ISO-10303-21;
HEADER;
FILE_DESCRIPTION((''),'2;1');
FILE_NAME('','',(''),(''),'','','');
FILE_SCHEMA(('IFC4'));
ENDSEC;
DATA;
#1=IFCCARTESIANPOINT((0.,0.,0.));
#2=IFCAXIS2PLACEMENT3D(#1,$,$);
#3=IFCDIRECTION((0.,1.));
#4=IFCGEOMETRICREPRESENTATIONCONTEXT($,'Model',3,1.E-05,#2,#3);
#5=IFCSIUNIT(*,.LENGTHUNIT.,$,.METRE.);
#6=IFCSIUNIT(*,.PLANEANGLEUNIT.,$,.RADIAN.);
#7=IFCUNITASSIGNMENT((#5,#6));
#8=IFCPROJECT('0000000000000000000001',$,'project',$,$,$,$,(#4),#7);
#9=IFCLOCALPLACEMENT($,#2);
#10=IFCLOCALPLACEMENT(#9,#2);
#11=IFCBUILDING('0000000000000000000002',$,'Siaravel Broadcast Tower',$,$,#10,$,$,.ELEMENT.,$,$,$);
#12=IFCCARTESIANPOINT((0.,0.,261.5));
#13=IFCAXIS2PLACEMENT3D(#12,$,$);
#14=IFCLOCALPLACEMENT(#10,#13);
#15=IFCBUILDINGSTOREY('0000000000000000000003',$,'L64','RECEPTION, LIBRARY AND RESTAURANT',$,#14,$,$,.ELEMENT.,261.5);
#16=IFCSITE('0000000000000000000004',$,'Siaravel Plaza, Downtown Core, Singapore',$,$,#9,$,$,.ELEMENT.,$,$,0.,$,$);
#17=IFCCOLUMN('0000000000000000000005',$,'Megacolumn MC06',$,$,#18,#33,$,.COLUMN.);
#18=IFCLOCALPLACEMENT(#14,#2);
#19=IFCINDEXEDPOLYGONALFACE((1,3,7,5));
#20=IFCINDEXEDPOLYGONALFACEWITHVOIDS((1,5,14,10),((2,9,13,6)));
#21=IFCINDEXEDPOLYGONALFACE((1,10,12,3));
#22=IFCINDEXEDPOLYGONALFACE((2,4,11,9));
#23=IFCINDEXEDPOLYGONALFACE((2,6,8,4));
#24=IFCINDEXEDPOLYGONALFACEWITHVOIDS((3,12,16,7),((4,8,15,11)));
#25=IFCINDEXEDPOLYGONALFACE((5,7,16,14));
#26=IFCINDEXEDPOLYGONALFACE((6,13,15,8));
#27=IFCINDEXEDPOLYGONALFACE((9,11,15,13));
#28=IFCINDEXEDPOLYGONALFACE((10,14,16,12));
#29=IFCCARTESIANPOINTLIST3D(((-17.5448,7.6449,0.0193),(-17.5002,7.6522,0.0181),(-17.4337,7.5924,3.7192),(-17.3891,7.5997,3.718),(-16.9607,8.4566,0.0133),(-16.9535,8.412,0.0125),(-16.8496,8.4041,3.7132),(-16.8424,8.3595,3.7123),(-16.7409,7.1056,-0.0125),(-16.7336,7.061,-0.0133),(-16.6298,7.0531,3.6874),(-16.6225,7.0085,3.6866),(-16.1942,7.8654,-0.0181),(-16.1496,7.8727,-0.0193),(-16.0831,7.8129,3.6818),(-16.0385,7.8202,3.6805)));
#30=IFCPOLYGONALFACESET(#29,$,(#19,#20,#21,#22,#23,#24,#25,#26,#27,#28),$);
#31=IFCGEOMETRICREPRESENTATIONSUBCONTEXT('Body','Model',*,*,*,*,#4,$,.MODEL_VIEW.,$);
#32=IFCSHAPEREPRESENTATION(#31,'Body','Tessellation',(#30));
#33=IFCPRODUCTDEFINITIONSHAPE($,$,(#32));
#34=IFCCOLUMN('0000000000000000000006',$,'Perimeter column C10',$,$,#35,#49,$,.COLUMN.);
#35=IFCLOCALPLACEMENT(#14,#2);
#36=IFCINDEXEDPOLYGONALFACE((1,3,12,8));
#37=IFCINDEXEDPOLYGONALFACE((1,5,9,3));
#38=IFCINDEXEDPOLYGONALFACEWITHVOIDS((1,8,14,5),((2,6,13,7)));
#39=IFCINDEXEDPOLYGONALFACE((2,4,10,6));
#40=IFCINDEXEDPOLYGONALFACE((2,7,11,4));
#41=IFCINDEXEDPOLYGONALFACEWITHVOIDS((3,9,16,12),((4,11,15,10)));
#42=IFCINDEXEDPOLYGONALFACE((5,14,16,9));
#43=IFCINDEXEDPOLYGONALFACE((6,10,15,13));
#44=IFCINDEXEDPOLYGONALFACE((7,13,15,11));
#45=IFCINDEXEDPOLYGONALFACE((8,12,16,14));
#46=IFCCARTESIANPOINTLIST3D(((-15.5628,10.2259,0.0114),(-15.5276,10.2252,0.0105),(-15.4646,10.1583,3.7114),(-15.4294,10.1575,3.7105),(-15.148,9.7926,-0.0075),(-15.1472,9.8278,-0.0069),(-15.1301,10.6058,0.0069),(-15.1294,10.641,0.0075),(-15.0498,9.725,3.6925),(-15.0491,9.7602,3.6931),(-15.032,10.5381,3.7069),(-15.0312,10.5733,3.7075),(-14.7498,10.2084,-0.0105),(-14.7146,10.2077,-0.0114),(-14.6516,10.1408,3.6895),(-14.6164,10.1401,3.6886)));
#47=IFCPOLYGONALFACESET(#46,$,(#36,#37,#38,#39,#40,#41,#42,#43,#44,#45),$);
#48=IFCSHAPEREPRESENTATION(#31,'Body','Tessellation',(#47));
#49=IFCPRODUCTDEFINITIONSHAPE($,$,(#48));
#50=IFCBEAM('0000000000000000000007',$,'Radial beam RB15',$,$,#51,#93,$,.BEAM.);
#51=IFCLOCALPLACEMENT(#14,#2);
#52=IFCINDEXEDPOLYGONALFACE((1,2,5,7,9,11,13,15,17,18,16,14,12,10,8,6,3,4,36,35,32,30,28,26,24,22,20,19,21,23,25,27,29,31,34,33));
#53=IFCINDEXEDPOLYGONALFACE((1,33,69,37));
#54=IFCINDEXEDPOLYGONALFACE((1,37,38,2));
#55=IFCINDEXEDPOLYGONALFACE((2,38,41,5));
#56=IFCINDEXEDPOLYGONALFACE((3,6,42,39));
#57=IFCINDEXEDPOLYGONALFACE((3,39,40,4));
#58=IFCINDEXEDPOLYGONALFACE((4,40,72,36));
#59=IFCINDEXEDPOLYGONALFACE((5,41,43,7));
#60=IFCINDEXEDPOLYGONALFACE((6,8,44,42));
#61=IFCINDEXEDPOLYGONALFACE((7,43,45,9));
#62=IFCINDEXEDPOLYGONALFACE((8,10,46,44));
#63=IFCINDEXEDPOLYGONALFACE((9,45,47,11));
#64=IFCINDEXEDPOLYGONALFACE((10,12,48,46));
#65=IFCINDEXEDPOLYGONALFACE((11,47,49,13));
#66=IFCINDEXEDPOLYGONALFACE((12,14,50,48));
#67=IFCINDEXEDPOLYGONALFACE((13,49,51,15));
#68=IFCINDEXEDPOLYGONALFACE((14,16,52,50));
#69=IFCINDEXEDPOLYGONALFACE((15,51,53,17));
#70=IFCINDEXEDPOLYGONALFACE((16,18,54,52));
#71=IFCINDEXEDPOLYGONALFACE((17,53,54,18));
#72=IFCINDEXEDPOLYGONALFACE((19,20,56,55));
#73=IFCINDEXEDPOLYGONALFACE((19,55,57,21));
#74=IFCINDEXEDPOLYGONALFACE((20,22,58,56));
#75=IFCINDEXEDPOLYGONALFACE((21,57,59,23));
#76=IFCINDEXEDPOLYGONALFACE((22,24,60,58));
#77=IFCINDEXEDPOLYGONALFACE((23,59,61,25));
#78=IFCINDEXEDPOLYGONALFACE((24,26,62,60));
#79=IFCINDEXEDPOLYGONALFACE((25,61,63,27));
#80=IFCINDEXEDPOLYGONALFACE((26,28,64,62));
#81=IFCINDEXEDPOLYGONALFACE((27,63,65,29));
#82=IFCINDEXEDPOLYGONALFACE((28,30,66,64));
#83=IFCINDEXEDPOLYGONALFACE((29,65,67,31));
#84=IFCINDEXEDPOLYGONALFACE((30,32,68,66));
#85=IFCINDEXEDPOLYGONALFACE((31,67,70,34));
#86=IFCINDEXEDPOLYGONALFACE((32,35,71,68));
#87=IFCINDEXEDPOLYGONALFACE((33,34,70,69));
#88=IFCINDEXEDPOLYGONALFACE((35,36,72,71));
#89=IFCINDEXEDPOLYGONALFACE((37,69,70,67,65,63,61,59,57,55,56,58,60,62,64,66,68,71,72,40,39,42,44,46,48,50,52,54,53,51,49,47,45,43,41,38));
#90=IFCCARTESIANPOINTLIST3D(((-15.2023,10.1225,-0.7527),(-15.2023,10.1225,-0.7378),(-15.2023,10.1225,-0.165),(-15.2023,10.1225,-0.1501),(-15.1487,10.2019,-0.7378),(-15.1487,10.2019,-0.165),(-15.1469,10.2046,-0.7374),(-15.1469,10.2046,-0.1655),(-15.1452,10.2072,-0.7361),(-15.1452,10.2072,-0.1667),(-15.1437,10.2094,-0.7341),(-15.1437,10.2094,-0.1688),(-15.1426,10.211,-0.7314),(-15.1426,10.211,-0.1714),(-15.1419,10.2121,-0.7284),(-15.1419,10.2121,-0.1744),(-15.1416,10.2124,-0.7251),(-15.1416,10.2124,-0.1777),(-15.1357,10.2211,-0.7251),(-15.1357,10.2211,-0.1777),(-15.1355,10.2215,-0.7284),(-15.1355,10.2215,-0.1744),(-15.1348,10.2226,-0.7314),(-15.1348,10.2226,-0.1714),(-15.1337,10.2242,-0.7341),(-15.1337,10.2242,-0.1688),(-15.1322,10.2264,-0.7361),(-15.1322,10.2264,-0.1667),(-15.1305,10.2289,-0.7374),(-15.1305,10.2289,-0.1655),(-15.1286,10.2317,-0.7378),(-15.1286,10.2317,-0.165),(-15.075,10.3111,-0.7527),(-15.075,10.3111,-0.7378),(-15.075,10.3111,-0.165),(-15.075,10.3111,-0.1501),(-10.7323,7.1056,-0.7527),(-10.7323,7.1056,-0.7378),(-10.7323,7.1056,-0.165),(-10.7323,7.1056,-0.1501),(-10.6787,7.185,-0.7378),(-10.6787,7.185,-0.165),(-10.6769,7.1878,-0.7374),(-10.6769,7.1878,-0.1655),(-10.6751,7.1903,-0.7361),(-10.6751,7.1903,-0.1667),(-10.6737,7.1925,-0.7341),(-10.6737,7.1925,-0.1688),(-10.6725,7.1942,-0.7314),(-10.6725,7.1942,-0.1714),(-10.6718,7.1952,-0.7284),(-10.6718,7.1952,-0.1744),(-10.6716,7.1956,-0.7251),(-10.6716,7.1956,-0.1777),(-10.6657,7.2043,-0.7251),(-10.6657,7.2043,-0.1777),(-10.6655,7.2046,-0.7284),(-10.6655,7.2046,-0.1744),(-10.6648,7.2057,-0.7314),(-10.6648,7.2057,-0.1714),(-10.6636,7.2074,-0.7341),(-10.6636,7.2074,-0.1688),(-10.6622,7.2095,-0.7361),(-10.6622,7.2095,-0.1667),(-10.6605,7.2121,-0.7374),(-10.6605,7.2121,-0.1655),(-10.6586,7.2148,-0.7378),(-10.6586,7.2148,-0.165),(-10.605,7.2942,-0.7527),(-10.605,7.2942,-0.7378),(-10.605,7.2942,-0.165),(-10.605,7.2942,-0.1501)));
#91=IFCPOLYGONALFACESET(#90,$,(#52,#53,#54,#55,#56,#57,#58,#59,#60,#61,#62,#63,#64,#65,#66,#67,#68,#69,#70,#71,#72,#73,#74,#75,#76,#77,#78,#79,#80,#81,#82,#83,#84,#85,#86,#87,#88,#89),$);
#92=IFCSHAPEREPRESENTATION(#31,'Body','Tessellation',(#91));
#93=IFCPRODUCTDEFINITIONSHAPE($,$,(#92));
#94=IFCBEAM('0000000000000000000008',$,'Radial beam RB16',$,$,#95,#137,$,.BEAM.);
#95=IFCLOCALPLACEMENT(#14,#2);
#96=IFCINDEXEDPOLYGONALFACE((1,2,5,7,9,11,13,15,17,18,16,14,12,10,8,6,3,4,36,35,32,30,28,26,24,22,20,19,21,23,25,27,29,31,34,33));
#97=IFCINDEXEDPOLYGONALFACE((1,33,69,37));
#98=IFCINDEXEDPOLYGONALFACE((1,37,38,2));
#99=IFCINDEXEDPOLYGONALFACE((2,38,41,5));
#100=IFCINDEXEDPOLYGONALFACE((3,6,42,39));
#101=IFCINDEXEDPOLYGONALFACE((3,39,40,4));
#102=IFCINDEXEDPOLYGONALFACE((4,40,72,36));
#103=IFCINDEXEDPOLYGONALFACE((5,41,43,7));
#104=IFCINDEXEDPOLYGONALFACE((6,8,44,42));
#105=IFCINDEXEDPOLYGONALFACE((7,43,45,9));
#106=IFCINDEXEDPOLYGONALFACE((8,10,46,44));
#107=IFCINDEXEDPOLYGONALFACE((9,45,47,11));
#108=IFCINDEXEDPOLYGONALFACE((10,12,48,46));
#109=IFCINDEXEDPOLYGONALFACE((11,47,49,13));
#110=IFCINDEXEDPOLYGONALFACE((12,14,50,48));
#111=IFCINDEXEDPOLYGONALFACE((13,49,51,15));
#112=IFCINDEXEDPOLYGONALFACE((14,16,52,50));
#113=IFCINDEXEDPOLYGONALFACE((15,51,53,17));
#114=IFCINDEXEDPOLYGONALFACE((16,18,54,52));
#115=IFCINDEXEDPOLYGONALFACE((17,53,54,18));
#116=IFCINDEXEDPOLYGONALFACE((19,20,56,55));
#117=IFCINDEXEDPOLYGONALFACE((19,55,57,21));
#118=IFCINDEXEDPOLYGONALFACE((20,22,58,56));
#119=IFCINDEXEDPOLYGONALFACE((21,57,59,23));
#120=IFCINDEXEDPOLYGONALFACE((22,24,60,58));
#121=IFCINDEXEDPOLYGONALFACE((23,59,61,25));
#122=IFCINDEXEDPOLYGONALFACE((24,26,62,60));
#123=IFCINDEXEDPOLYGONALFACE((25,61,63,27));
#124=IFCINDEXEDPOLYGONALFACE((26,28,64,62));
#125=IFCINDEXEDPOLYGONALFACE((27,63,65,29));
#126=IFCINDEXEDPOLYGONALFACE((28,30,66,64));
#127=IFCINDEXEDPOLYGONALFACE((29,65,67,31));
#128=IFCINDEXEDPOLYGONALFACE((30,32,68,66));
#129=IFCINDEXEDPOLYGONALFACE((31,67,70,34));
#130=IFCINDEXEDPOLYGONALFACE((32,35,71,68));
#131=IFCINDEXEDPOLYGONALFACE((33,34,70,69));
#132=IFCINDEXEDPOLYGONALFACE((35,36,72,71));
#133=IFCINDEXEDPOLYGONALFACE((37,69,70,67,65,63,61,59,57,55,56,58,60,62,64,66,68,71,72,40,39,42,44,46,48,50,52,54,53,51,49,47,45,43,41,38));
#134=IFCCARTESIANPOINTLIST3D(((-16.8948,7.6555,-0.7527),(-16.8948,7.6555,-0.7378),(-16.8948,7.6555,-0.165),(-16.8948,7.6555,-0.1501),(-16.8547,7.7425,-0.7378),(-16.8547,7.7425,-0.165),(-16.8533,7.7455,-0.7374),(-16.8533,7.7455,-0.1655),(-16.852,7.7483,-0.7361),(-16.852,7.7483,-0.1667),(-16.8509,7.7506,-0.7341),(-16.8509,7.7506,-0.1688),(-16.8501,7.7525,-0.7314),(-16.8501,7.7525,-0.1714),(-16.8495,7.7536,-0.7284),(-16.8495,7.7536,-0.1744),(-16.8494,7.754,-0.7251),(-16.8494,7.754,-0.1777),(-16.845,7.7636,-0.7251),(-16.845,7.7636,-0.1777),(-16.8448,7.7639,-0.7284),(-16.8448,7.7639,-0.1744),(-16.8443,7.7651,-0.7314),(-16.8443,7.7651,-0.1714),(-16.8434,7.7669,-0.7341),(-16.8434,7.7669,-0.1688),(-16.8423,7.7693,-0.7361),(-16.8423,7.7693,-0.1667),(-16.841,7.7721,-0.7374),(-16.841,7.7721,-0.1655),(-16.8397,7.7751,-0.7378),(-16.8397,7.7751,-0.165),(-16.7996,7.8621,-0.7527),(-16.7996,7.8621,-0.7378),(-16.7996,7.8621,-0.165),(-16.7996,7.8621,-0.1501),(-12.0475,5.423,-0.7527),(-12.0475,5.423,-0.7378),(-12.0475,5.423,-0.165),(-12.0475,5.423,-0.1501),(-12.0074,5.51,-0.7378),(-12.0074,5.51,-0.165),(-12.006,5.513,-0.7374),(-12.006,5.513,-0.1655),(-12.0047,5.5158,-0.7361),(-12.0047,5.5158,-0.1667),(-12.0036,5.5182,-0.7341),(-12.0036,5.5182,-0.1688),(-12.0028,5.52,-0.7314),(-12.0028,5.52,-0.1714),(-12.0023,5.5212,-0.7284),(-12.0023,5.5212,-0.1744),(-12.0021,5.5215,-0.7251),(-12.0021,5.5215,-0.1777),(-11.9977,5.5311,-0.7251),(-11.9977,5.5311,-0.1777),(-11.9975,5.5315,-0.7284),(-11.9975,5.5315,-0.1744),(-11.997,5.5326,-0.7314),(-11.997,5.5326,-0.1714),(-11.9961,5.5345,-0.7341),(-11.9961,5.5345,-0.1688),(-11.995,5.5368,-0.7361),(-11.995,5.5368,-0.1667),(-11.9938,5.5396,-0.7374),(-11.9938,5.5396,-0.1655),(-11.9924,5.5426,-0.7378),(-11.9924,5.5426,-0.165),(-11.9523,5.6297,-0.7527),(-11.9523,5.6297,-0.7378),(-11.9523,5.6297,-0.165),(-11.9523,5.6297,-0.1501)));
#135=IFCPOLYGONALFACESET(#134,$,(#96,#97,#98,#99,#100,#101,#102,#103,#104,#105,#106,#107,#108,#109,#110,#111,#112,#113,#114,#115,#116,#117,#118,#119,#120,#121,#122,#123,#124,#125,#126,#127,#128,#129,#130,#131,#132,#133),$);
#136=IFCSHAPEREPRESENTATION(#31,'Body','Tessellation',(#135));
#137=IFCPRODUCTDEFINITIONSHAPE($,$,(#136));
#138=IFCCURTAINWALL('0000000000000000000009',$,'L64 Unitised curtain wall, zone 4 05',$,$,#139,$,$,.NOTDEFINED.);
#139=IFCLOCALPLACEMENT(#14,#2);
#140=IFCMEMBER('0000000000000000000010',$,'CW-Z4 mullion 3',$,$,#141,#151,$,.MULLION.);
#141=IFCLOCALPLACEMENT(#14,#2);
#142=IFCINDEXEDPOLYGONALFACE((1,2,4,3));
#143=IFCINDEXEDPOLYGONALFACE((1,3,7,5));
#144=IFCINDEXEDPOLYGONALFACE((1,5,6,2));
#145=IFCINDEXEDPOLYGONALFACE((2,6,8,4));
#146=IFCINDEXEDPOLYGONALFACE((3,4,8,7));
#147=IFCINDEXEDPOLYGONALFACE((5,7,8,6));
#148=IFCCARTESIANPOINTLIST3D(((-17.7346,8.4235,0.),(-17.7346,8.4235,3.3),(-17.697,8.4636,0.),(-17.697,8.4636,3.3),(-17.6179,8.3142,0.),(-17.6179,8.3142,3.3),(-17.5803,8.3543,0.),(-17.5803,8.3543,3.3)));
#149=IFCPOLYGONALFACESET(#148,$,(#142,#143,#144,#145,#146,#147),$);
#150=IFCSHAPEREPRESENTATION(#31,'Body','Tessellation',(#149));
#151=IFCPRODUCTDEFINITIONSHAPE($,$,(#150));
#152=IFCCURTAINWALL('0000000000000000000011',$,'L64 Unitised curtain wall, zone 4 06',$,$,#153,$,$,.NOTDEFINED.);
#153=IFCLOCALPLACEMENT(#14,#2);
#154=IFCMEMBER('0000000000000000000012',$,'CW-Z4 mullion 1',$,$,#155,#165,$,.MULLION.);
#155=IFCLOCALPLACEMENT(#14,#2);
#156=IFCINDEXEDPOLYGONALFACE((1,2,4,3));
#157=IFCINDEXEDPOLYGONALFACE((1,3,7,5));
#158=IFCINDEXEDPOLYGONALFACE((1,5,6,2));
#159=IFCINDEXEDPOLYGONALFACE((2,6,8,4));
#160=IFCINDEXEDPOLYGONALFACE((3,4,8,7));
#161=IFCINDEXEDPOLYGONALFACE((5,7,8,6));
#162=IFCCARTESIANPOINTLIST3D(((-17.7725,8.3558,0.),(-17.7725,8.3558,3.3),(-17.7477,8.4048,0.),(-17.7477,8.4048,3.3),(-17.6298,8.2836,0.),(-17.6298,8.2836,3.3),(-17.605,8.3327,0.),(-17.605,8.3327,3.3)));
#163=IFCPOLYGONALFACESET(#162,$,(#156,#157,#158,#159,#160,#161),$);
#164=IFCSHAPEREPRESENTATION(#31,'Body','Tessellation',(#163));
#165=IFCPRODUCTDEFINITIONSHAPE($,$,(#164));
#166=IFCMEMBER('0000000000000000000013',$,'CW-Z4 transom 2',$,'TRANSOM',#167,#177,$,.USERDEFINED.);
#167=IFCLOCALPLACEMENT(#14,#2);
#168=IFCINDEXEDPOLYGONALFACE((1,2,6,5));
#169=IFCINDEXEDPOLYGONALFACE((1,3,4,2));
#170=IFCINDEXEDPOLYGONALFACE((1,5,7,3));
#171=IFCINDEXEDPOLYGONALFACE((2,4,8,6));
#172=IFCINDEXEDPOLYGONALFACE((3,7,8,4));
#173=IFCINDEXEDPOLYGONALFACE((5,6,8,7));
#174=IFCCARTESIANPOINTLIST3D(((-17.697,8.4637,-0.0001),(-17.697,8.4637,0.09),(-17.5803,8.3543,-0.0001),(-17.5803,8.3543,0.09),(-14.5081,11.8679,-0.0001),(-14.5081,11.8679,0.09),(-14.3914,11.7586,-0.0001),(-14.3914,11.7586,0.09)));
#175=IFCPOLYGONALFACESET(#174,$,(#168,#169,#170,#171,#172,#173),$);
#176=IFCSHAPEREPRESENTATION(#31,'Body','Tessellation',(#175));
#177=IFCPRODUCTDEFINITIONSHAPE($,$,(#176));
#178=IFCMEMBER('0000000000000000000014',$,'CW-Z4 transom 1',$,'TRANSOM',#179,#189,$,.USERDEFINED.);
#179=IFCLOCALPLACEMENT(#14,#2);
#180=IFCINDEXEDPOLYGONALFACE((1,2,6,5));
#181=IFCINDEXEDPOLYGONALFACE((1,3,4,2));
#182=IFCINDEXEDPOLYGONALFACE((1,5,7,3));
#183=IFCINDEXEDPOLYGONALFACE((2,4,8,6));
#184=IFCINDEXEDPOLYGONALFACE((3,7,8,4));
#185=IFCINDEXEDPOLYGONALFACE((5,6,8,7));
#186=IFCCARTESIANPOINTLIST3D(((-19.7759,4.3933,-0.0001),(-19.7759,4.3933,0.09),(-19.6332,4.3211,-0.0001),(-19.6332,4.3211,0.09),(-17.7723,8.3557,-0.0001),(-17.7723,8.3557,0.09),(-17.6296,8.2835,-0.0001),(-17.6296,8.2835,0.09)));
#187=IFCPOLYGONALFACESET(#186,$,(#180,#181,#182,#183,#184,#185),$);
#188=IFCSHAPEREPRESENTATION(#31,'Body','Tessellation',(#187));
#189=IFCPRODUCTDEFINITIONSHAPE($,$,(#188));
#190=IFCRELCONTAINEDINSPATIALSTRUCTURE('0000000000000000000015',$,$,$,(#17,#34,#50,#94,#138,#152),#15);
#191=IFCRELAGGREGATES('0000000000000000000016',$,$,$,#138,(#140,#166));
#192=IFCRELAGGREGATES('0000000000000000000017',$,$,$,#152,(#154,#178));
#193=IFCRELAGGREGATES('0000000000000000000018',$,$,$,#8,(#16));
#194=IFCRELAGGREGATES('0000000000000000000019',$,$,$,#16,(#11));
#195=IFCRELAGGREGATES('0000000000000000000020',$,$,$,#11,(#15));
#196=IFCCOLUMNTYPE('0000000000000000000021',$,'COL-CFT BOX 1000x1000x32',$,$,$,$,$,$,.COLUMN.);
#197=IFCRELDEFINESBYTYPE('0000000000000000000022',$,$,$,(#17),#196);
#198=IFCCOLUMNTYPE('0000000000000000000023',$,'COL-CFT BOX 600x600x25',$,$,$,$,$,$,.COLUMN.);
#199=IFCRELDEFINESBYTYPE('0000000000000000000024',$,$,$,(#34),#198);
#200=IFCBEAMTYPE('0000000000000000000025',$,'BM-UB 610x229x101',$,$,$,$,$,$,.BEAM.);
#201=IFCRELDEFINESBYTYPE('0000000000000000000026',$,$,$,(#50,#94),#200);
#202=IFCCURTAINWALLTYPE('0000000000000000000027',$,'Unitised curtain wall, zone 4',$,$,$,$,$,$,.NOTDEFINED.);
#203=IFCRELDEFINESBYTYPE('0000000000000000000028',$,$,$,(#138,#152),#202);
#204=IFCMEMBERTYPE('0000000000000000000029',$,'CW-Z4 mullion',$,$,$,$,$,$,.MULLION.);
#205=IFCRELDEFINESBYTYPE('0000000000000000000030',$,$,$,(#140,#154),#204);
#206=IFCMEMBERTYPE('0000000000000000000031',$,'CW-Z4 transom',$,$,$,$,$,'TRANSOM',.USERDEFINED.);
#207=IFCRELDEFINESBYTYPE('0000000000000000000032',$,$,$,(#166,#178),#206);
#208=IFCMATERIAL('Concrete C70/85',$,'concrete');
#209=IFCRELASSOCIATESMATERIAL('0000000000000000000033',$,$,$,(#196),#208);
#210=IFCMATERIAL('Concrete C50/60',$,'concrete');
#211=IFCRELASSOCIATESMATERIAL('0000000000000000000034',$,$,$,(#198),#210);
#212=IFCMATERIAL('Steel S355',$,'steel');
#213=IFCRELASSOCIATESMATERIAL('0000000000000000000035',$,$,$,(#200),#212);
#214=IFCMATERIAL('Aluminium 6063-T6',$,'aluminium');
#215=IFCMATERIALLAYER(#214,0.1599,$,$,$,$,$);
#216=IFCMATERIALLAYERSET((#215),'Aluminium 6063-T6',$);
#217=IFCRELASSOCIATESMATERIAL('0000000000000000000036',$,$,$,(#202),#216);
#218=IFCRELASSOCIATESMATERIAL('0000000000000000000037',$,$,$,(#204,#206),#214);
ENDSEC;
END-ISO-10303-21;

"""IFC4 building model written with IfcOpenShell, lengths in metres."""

from ifc_helpers import new_model, si_unit, direction, frame, origin, origin_2d, place, context, subcontext, project, spatial, rectangle, hollow_rectangle, i_section, extrude, material, layer, layer_set, material_profile, profile_set, type_object, element, aggregate, save


model = new_model("IFC4")

# Units and contexts
model_context = context("Model", 3, precision=1e-05, world=origin(), true_north=direction((0.0, 1.0)))
body_context = subcontext(model_context, "Body", "Model", "MODEL_VIEW")
ifc_project = project(units=[si_unit("LENGTHUNIT", "METRE"), si_unit("PLANEANGLEUNIT", "RADIAN")], contexts=[model_context])

# Site, building, storey
site_placement = place(None, origin())
site = spatial("IfcSite", under=ifc_project, at=site_placement, Name="Siaravel Plaza, Downtown Core, Singapore", CompositionType="ELEMENT", RefElevation=0.0)
building_placement = place(site_placement, origin())
building = spatial("IfcBuilding", under=site, at=building_placement, Name="Siaravel Broadcast Tower", CompositionType="ELEMENT")
storey_placement = place(building_placement, frame((0.0, 0.0, 261.5)))
storey = spatial("IfcBuildingStorey", under=building, at=storey_placement, Name="L64", Description="RECEPTION, LIBRARY AND RESTAURANT", CompositionType="ELEMENT", Elevation=261.5)

# Columns
ifc_material_1 = material(Name="Concrete C70/85", Category="concrete")
ifc_material_profile_1 = material_profile(ifc_material_1, hollow_rectangle(XDim=1.0, YDim=1.0, WallThickness=0.032, at=origin_2d()))
ifc_profile_set_1 = profile_set([ifc_material_profile_1], Name="Concrete C70/85")
column_type_1 = type_object("IfcColumnType", Name="COL-CFT BOX 1000x1000x32", PredefinedType="COLUMN", material=ifc_profile_set_1)
column_1_placement = place(storey_placement, frame((-16.8472, 7.7588, 0.0), z_axis=(0.030007, -0.014179, 0.999449), x_axis=(0.584046, 0.811698, -0.00602)))
element("IfcColumn", 1, at=column_1_placement, inside=storey, type_object=column_type_1, Name="Megacolumn MC06", PredefinedType="COLUMN", context=body_context, shape_type="SweptSolid", body=[
    extrude(hollow_rectangle(XDim=1.0, YDim=1.0, WallThickness=0.032, at=origin_2d()), origin(), (0.0, 0.0, 1.0), 3.7019),
])
ifc_material_2 = material(Name="Concrete C50/60", Category="concrete")
ifc_material_profile_2 = material_profile(ifc_material_2, hollow_rectangle(XDim=0.6001, YDim=0.6001, WallThickness=0.0249, at=origin_2d()))
ifc_profile_set_2 = profile_set([ifc_material_profile_2], Name="Concrete C50/60")
column_type_2 = type_object("IfcColumnType", Name="COL-CFT BOX 600x600x25", PredefinedType="COLUMN", material=ifc_profile_set_2)
column_2_placement = place(storey_placement, frame((-15.1387, 10.2168, 0.0), z_axis=(0.026512, -0.018268, 0.999482), x_axis=(0.722217, 0.691636, -0.006516)))
element("IfcColumn", 2, at=column_2_placement, inside=storey, type_object=column_type_2, Name="Perimeter column C10", PredefinedType="COLUMN", context=body_context, shape_type="SweptSolid", body=[
    extrude(hollow_rectangle(XDim=0.6001, YDim=0.6001, WallThickness=0.0249, at=origin_2d()), origin(), (0.0, 0.0, 1.0), 3.7019),
])

# Beams
ifc_material_3 = material(Name="Steel S355", Category="steel")
ifc_material_profile_3 = material_profile(ifc_material_3, i_section(OverallWidth=0.2275, OverallDepth=0.6025, WebThickness=0.0105, FlangeThickness=0.0149, FilletRadius=0.0127, at=origin_2d()))
ifc_profile_set_3 = profile_set([ifc_material_profile_3], Name="Steel S355")
beam_type = type_object("IfcBeamType", Name="BM-UB 610x229x101", PredefinedType="BEAM", material=ifc_profile_set_3)
beam_1_placement = place(storey_placement, frame((-15.1387, 10.2168, -0.4514), z_axis=(0.828882, -0.559424, 0.0), x_axis=(0.559424, 0.828882, 0.0)))
element("IfcBeam", 3, at=beam_1_placement, inside=storey, type_object=beam_type, Name="Radial beam RB15", PredefinedType="BEAM", context=body_context, shape_type="SweptSolid", body=[
    extrude(i_section(OverallWidth=0.2275, OverallDepth=0.6025, WebThickness=0.0105, FlangeThickness=0.0149, FilletRadius=0.0127, at=origin_2d()), origin(), (0.0, 0.0, 1.0), 5.3928),
])
beam_2_placement = place(storey_placement, frame((-16.8472, 7.7588, -0.4514), z_axis=(0.908297, -0.418327, 0.0), x_axis=(0.418327, 0.908297, 0.0)))
element("IfcBeam", 4, at=beam_2_placement, inside=storey, type_object=beam_type, Name="Radial beam RB16", PredefinedType="BEAM", context=body_context, shape_type="SweptSolid", body=[
    extrude(i_section(OverallWidth=0.2275, OverallDepth=0.6025, WebThickness=0.0105, FlangeThickness=0.0149, FilletRadius=0.0127, at=origin_2d()), origin(), (0.0, 0.0, 1.0), 5.3367),
])

# Curtain walls, members
ifc_material_4 = material(Name="Aluminium 6063-T6", Category="aluminium")
ifc_layer_1 = layer(ifc_material_4, 0.1599)
ifc_layer_set_1 = layer_set([ifc_layer_1], Name="Aluminium 6063-T6")
curtain_wall_type = type_object("IfcCurtainWallType", Name="Unitised curtain wall, zone 4", PredefinedType="NOTDEFINED", material=ifc_layer_set_1)
curtain_wall_1_placement = place(storey_placement, origin())
curtain_wall_1 = element("IfcCurtainWall", 5, at=curtain_wall_1_placement, inside=storey, type_object=curtain_wall_type, Name="L64 Unitised curtain wall, zone 4 05", PredefinedType="NOTDEFINED")
ifc_material_profile_4 = material_profile(ifc_material_4, rectangle(XDim=0.1599, YDim=0.0549, at=origin_2d()))
ifc_profile_set_4 = profile_set([ifc_material_profile_4], Name="Aluminium 6063-T6")
member_type_1 = type_object("IfcMemberType", Name="CW-Z4 mullion", PredefinedType="MULLION", material=ifc_profile_set_4)
member_1_placement = place(storey_placement, frame((-17.6575, 8.3889, 0.0), z_axis=(0.0, 0.0, 1.0), x_axis=(0.729807, -0.683653, 0.0)))
member_1 = element("IfcMember", 6, at=member_1_placement, type_object=member_type_1, Name="CW-Z4 mullion 3", PredefinedType="MULLION", context=body_context, shape_type="SweptSolid", body=[
    extrude(rectangle(XDim=0.1599, YDim=0.0549, at=origin_2d()), origin(), (0.0, 0.0, 1.0), 3.3),
])
curtain_wall_2_placement = place(storey_placement, origin())
curtain_wall_2 = element("IfcCurtainWall", 7, at=curtain_wall_2_placement, inside=storey, type_object=curtain_wall_type, Name="L64 Unitised curtain wall, zone 4 06", PredefinedType="NOTDEFINED")
member_2_placement = place(storey_placement, frame((-17.6887, 8.3442, 0.0), z_axis=(0.0, 0.0, 1.0), x_axis=(0.892393, -0.451259, 0.0)))
member_2 = element("IfcMember", 8, at=member_2_placement, type_object=member_type_1, Name="CW-Z4 mullion 1", PredefinedType="MULLION", context=body_context, shape_type="SweptSolid", body=[
    extrude(rectangle(XDim=0.1599, YDim=0.0549, at=origin_2d()), origin(), (0.0, 0.0, 1.0), 3.3),
])

# Members
ifc_material_profile_5 = material_profile(ifc_material_4, rectangle(XDim=0.1599, YDim=0.0901, at=origin_2d()))
ifc_profile_set_5 = profile_set([ifc_material_profile_5], Name="Aluminium 6063-T6")
member_type_2 = type_object("IfcMemberType", Name="CW-Z4 transom", ElementType="TRANSOM", PredefinedType="USERDEFINED", material=ifc_profile_set_5)
member_3_placement = place(storey_placement, frame((-14.4497, 11.8132, 0.0449), z_axis=(-0.683649, -0.729811, 0.0), x_axis=(0.729811, -0.683649, 0.0)))
member_3 = element("IfcMember", 9, at=member_3_placement, type_object=member_type_2, Name="CW-Z4 transom 2", ObjectType="TRANSOM", PredefinedType="USERDEFINED", context=body_context, shape_type="SweptSolid", body=[
    extrude(rectangle(XDim=0.1599, YDim=0.0901, at=origin_2d()), origin(), (0.0, 0.0, 1.0), 4.6646),
])
member_4_placement = place(storey_placement, frame((-17.7009, 8.3196, 0.0449), z_axis=(-0.451256, -0.892395, 0.0), x_axis=(0.892395, -0.451256, 0.0)))
member_4 = element("IfcMember", 10, at=member_4_placement, type_object=member_type_2, Name="CW-Z4 transom 1", ObjectType="TRANSOM", PredefinedType="USERDEFINED", context=body_context, shape_type="SweptSolid", body=[
    extrude(rectangle(XDim=0.1599, YDim=0.0901, at=origin_2d()), origin(), (0.0, 0.0, 1.0), 4.4402),
])

aggregate(curtain_wall_1, [member_1, member_3])
aggregate(curtain_wall_2, [member_2, member_4])

save(model, "model.ifc")
